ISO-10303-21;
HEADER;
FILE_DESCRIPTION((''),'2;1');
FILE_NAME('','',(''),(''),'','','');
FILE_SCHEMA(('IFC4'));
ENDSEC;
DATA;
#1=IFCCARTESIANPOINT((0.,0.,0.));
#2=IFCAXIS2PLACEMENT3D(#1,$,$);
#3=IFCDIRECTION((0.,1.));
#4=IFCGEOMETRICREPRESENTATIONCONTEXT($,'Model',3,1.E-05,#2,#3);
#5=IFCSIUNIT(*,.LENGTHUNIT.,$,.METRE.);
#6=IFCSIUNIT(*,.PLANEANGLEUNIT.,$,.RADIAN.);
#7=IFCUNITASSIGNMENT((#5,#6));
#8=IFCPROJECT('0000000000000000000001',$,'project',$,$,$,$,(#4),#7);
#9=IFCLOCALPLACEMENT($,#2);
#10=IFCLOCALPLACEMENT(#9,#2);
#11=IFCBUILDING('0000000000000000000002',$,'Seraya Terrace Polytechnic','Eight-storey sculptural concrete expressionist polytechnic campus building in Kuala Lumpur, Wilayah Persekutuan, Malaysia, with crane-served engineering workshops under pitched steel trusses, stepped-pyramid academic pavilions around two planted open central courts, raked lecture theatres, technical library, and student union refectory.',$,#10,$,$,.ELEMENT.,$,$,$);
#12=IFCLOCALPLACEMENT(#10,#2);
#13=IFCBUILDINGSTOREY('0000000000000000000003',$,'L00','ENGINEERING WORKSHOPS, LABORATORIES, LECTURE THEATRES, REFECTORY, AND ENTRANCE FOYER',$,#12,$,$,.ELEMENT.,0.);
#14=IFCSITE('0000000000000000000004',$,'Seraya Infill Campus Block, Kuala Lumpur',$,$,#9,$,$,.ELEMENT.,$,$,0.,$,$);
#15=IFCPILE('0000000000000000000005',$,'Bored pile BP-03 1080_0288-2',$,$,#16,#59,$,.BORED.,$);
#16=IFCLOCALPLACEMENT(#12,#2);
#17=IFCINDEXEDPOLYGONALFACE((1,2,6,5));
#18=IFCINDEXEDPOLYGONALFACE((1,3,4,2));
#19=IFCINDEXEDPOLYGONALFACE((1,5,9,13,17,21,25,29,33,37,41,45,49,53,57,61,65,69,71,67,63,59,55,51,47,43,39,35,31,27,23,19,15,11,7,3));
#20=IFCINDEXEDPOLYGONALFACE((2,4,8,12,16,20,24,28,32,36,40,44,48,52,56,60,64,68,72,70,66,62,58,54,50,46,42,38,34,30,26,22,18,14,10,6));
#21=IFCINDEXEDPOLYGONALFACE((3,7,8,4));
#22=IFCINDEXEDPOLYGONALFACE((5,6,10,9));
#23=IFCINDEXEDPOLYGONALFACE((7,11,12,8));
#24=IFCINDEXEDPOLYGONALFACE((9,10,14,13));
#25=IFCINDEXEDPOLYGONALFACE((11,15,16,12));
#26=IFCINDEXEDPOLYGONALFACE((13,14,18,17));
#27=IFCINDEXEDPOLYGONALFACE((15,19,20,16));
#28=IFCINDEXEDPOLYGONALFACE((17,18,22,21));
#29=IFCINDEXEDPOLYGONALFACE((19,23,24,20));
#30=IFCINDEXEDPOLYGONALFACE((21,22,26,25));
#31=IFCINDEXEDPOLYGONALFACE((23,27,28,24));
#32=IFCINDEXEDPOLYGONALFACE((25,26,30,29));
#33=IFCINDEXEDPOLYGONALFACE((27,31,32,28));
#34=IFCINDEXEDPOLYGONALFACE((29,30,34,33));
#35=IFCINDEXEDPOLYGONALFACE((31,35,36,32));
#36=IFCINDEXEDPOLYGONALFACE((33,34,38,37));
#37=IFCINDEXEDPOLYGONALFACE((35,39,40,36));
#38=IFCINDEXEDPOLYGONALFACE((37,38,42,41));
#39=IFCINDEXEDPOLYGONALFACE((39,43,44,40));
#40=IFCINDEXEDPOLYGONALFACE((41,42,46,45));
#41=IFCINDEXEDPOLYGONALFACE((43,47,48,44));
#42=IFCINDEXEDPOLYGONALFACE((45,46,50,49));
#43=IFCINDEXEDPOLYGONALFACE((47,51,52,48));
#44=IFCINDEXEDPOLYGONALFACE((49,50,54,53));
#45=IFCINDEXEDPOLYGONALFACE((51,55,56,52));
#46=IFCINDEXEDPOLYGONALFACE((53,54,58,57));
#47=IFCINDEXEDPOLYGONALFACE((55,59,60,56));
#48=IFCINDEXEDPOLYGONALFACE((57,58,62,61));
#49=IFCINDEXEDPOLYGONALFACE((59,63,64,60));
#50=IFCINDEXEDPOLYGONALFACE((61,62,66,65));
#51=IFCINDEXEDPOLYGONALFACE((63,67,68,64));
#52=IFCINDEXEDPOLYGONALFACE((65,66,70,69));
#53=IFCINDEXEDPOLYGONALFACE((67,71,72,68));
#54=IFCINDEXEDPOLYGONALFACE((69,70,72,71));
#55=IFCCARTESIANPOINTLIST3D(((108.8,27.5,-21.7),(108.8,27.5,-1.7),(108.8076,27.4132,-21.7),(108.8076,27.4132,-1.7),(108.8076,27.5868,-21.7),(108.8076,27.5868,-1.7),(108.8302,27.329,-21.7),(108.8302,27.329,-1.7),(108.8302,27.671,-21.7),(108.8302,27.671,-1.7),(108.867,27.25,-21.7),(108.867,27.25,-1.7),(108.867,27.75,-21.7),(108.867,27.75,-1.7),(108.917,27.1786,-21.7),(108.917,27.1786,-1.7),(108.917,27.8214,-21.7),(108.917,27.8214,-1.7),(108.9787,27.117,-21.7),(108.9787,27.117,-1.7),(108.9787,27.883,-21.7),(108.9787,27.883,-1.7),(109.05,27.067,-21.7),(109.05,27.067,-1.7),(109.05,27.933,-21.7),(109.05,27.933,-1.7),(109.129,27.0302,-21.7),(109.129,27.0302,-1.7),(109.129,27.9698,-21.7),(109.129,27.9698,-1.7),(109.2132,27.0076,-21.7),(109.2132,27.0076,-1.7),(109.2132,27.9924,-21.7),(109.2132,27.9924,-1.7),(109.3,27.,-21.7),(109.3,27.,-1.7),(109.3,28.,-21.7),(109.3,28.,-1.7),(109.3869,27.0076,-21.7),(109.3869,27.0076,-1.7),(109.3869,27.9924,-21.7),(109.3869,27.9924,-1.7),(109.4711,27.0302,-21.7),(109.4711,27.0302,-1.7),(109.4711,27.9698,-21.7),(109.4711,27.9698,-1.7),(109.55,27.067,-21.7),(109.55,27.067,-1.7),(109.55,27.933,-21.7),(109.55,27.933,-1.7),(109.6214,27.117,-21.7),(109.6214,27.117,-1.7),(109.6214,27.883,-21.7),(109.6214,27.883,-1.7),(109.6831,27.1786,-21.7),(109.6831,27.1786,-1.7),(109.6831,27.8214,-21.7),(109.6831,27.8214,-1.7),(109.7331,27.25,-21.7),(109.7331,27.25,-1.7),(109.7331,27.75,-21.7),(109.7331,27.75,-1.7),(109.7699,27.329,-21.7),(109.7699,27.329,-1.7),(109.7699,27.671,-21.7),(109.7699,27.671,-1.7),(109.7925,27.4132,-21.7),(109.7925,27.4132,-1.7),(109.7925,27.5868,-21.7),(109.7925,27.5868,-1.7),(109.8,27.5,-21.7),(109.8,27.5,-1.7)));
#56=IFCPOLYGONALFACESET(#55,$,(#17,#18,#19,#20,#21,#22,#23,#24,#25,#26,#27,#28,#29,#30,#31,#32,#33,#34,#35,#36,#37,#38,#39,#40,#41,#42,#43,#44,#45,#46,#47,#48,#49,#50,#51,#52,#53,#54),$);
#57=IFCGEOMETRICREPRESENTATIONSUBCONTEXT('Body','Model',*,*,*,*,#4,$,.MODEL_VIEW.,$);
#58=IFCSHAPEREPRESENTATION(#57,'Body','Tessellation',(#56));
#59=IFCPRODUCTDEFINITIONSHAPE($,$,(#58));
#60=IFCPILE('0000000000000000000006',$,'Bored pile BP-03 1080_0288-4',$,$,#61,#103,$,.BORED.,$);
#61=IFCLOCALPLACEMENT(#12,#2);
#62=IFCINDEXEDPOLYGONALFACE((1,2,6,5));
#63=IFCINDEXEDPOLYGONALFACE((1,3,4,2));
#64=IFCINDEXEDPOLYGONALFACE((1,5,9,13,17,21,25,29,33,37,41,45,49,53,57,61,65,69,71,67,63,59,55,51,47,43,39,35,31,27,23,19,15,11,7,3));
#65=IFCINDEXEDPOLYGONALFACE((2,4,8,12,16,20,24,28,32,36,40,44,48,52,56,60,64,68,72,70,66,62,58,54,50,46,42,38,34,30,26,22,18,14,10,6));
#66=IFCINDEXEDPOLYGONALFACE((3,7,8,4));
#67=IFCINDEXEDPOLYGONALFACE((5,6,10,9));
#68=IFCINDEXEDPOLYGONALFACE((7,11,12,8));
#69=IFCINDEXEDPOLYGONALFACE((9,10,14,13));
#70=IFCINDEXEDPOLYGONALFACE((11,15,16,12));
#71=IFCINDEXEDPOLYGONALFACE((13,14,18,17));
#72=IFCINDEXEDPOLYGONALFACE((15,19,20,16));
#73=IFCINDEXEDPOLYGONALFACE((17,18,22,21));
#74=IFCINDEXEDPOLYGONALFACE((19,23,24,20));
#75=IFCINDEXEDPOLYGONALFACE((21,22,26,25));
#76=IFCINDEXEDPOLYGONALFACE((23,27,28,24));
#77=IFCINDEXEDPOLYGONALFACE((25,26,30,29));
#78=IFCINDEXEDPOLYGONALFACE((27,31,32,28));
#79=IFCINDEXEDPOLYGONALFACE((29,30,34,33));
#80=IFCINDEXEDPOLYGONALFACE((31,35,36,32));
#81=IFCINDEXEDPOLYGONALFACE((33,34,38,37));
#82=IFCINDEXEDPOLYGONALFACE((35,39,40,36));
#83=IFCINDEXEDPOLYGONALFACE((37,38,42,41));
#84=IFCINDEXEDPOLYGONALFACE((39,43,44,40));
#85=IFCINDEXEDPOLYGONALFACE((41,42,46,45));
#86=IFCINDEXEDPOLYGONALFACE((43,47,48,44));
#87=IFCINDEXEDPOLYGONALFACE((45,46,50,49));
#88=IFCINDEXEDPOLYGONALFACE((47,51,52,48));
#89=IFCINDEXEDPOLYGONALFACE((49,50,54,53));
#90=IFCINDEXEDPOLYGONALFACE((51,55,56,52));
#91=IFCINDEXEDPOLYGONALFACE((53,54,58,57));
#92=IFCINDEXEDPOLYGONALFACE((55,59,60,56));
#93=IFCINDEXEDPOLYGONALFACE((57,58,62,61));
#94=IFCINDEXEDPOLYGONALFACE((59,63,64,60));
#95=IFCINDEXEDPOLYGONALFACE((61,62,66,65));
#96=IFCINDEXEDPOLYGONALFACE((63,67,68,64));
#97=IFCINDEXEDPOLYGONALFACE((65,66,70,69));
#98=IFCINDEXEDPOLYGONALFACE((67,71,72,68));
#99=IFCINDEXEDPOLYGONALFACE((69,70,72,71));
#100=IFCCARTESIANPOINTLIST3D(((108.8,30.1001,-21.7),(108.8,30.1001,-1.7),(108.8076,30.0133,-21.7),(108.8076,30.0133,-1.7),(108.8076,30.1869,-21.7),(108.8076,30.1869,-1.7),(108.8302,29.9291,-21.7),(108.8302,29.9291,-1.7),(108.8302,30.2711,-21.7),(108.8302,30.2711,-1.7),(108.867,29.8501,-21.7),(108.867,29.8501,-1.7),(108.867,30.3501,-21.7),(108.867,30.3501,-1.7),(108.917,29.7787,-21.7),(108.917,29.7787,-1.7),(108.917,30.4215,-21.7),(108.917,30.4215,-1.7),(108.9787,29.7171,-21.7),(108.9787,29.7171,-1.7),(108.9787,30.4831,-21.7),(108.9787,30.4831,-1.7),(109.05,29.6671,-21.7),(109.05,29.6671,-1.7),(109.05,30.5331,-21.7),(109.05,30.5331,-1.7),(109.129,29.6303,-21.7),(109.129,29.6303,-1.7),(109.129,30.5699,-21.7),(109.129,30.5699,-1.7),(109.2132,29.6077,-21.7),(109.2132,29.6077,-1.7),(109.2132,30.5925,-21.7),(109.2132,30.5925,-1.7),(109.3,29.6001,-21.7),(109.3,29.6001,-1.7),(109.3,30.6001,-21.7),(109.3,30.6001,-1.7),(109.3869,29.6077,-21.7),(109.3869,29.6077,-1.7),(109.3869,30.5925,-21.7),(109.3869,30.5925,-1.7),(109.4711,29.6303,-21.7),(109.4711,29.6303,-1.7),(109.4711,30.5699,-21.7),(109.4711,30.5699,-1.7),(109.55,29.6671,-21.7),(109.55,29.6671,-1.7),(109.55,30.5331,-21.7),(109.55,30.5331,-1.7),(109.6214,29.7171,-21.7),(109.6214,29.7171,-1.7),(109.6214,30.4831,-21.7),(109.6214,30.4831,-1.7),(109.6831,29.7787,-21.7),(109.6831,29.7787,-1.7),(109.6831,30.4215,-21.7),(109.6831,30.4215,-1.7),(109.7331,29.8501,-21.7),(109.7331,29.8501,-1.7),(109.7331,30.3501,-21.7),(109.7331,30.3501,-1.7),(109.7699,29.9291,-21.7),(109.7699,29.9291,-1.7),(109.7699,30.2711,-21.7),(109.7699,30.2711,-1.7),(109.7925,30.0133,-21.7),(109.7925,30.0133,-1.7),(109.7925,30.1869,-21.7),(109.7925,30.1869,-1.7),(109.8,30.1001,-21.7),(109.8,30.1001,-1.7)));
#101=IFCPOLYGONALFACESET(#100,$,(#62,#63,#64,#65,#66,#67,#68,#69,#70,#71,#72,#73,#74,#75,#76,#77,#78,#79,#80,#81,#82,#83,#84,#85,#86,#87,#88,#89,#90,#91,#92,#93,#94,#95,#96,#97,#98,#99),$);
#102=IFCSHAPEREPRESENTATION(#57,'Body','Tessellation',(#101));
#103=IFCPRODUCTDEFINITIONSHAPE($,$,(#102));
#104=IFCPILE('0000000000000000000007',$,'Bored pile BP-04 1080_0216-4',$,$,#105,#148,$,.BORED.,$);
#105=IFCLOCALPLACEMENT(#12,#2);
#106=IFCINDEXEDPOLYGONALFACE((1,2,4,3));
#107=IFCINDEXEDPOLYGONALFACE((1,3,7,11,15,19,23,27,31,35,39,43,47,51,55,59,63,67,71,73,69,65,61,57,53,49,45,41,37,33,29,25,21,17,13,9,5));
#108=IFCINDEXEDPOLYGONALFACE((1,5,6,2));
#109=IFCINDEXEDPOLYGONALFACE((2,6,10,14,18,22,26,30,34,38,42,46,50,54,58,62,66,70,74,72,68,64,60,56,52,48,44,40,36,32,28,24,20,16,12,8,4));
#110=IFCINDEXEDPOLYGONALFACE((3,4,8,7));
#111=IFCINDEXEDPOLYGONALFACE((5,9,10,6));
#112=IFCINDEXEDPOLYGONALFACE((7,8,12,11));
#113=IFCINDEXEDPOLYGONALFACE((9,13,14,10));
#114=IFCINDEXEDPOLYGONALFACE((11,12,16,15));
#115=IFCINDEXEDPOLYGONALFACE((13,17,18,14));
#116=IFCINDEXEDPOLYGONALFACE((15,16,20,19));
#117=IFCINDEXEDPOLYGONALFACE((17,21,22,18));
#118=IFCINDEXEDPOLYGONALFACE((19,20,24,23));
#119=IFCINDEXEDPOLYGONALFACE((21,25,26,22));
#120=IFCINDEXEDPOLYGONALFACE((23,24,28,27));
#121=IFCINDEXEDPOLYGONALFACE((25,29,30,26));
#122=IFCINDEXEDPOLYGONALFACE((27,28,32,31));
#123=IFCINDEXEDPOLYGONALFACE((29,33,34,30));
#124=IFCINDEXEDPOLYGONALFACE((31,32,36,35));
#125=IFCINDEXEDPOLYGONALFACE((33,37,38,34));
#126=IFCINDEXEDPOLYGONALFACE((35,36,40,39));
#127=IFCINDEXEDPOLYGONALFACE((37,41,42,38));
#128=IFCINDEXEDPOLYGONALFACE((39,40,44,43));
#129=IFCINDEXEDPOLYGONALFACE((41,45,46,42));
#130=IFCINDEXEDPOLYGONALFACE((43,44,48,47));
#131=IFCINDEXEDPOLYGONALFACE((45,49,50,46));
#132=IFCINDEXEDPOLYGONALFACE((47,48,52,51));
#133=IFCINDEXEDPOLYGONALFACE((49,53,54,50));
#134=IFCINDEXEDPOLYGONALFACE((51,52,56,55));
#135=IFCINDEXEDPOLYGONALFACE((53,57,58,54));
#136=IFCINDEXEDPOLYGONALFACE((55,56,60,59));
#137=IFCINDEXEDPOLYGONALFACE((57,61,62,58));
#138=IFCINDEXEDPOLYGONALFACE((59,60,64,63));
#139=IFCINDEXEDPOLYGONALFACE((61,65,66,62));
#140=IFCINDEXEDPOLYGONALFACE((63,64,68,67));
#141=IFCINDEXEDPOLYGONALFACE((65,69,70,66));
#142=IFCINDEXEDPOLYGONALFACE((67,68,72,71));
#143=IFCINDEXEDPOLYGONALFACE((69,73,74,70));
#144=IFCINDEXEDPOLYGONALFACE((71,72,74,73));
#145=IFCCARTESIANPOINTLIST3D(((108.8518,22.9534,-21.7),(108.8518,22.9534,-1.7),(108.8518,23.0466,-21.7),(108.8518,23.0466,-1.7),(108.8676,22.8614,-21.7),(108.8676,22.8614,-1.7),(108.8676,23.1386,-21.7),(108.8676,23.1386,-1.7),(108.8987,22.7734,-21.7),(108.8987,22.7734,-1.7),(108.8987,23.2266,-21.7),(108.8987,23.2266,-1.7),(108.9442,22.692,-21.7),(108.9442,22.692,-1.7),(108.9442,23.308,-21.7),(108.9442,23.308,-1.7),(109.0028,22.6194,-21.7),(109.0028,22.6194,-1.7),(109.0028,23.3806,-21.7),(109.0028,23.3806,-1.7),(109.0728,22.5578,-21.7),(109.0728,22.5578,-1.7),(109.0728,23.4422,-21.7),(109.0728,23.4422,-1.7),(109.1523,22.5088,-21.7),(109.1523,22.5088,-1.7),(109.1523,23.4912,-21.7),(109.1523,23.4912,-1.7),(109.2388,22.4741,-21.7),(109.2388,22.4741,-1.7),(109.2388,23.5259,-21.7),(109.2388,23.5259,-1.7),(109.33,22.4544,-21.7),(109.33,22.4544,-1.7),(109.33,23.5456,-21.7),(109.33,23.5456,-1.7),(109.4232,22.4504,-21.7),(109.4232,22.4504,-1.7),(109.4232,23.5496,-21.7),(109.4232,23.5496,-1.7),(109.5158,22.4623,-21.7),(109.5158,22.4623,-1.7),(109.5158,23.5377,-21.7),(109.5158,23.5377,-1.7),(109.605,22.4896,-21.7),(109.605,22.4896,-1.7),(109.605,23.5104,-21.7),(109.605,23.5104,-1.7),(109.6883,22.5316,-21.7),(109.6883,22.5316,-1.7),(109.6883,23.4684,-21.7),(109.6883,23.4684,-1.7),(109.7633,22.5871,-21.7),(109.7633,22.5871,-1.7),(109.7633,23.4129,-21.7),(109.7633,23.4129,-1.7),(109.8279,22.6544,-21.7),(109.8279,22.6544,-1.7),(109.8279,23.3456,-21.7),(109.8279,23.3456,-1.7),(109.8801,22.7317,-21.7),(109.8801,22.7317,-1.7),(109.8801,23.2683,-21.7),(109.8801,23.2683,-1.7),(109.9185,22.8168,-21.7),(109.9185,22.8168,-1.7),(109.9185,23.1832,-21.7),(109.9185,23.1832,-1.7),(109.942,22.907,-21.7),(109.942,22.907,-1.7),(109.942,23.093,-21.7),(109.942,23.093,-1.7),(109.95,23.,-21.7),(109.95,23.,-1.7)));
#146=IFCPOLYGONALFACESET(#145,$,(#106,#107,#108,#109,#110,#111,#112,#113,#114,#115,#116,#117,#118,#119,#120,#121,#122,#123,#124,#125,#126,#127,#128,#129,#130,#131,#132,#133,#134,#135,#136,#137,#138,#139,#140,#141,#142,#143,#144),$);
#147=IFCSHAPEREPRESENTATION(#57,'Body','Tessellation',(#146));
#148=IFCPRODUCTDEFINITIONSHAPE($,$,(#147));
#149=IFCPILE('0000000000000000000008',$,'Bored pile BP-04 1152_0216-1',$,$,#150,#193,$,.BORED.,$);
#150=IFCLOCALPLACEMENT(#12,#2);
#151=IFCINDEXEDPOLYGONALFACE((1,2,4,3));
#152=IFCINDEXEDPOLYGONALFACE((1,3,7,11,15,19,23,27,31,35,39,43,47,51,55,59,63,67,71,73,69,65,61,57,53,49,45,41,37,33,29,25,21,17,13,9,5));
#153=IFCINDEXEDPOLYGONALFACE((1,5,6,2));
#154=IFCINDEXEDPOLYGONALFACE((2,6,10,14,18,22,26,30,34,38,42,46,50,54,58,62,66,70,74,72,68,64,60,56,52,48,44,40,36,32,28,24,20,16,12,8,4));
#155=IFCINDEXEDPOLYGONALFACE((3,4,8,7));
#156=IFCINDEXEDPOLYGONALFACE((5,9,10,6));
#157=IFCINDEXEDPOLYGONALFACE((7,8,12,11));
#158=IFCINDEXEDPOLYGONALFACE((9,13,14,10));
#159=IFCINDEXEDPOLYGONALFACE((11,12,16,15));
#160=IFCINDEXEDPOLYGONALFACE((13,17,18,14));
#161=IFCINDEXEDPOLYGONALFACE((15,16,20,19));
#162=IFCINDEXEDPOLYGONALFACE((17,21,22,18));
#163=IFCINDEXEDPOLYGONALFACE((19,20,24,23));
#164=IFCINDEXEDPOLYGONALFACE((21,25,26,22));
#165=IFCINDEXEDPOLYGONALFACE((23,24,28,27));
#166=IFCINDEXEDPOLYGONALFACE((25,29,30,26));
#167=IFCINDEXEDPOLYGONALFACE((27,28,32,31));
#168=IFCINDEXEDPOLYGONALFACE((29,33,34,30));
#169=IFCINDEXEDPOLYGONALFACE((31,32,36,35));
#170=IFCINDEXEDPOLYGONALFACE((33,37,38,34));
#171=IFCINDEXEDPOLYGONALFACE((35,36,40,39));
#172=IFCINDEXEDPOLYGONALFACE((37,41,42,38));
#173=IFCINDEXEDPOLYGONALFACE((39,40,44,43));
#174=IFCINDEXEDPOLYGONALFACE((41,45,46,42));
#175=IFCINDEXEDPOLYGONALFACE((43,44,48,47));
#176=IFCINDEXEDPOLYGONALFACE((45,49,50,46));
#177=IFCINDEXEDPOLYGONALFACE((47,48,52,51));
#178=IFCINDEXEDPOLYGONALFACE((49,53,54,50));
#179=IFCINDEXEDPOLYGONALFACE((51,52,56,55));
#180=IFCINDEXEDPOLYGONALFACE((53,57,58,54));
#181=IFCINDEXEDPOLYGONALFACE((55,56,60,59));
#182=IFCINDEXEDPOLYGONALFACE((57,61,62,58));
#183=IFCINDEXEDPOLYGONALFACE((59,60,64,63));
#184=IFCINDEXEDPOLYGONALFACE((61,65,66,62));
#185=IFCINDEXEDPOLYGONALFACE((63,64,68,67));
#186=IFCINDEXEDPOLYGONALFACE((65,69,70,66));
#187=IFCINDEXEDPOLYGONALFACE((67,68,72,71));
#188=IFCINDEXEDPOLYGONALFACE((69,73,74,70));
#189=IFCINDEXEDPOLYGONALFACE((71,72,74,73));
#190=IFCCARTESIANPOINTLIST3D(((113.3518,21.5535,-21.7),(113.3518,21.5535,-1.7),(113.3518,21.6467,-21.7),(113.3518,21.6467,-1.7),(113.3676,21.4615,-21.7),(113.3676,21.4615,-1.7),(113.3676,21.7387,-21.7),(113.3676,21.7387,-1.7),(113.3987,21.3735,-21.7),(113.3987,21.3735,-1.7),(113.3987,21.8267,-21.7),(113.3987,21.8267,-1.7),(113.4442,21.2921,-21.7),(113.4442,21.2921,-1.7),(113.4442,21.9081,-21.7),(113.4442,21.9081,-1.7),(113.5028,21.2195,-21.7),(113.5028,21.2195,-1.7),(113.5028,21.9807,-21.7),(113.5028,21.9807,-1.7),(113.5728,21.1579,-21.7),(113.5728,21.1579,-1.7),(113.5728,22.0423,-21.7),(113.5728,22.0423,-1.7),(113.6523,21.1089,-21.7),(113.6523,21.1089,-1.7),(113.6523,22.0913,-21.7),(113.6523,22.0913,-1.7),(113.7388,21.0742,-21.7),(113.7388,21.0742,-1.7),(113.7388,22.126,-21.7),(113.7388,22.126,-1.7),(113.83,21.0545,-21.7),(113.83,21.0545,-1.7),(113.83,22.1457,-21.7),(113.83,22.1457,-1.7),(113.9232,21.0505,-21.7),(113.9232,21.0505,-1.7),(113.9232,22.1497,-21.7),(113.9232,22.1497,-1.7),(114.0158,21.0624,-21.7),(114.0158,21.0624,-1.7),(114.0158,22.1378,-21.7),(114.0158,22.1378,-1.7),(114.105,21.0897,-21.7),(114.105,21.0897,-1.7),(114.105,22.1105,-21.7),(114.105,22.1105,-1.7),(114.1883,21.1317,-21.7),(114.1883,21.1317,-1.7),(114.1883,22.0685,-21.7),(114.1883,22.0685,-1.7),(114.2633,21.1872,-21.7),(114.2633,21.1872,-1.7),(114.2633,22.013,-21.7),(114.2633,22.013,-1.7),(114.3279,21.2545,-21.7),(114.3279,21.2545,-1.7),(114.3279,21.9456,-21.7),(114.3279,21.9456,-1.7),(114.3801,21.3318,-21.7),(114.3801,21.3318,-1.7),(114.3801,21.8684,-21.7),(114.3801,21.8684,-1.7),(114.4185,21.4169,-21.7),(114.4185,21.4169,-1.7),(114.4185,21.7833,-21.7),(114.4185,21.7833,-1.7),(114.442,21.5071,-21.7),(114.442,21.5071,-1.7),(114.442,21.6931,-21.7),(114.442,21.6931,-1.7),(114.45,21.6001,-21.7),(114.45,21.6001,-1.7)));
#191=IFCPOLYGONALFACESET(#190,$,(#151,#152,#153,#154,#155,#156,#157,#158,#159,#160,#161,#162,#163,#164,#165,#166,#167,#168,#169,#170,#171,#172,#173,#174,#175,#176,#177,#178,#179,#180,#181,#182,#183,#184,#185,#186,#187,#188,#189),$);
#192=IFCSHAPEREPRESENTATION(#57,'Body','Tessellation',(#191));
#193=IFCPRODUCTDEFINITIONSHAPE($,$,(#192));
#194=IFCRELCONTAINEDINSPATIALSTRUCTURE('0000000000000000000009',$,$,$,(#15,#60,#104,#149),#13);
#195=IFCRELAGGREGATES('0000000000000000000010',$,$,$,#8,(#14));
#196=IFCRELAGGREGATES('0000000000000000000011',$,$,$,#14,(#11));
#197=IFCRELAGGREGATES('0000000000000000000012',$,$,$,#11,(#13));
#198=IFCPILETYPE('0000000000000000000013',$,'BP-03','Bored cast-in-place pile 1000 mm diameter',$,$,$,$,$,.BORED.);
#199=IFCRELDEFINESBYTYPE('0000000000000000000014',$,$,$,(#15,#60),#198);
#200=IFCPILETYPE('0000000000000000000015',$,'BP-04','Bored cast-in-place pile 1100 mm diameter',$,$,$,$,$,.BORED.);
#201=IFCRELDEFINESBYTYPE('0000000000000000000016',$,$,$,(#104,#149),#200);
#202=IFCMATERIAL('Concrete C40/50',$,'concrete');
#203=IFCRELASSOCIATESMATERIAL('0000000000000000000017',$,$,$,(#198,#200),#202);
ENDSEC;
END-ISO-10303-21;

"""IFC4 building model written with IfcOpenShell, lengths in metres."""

from ifc_helpers import new_model, si_unit, direction, frame, origin, origin_2d, place, context, subcontext, project, spatial, circle, extrude, material, material_profile, profile_set, type_object, element, save


model = new_model("IFC4")

# Units and contexts
model_context = context("Model", 3, precision=1e-05, world=origin(), true_north=direction((0.0, 1.0)))
body_context = subcontext(model_context, "Body", "Model", "MODEL_VIEW")
ifc_project = project(units=[si_unit("LENGTHUNIT", "METRE"), si_unit("PLANEANGLEUNIT", "RADIAN")], contexts=[model_context])

# Site, building, storey
site_placement = place(None, origin())
site = spatial("IfcSite", under=ifc_project, at=site_placement, Name="Seraya Infill Campus Block, Kuala Lumpur", CompositionType="ELEMENT", RefElevation=0.0)
building_placement = place(site_placement, origin())
building = spatial("IfcBuilding", under=site, at=building_placement, Name="Seraya Terrace Polytechnic", Description="Eight-storey sculptural concrete expressionist polytechnic campus building in Kuala Lumpur, Wilayah Persekutuan, Malaysia, with crane-served engineering workshops under pitched steel trusses, stepped-pyramid academic pavilions around two planted open central courts, raked lecture theatres, technical library, and student union refectory.", CompositionType="ELEMENT")
storey_placement = place(building_placement, origin())
storey = spatial("IfcBuildingStorey", under=building, at=storey_placement, Name="L00", Description="ENGINEERING WORKSHOPS, LABORATORIES, LECTURE THEATRES, REFECTORY, AND ENTRANCE FOYER", CompositionType="ELEMENT", Elevation=0.0)

# Piles
ifc_material_1 = material(Name="Concrete C40/50", Category="concrete")
ifc_material_profile_1 = material_profile(ifc_material_1, circle(Radius=0.5, at=origin_2d()), Name="DIA 1000")
ifc_profile_set_1 = profile_set([ifc_material_profile_1], Name="Concrete C40/50")
pile_type_1 = type_object("IfcPileType", Name="BP-03", Description="Bored cast-in-place pile 1000 mm diameter", PredefinedType="BORED", material=ifc_profile_set_1)
for number, where, z_axis, x_axis, name in (
    (1, (109.3, 27.5, -1.7), (0.0, 0.0, -1.0), (1.0, 0.0, 0.0), "Bored pile BP-03 1080_0288-2"),
    (2, (109.3, 30.1001, -1.7), (0.0, 0.0, -1.0), (1.0, 0.0, 0.0), "Bored pile BP-03 1080_0288-4"),
):
    element("IfcPile", number, at=place(storey_placement, frame(where, z_axis=z_axis, x_axis=x_axis)), inside=storey, type_object=pile_type_1, Name=name, PredefinedType="BORED", context=body_context, shape_type="SweptSolid", body=[
        extrude(circle(Radius=0.5, at=origin_2d()), origin(), (0.0, 0.0, 1.0), 20.0),
    ])
ifc_material_profile_2 = material_profile(ifc_material_1, circle(Radius=0.55, at=origin_2d()), Name="DIA 1100")
ifc_profile_set_2 = profile_set([ifc_material_profile_2], Name="Concrete C40/50")
pile_type_2 = type_object("IfcPileType", Name="BP-04", Description="Bored cast-in-place pile 1100 mm diameter", PredefinedType="BORED", material=ifc_profile_set_2)
for number, where, z_axis, x_axis, name in (
    (3, (109.3999, 23.0, -1.7), (0.0, 0.0, -1.0), (1.0, 0.0, 0.0), "Bored pile BP-04 1080_0216-4"),
    (4, (113.8999, 21.6001, -1.7), (0.0, 0.0, -1.0), (1.0, 0.0, 0.0), "Bored pile BP-04 1152_0216-1"),
):
    element("IfcPile", number, at=place(storey_placement, frame(where, z_axis=z_axis, x_axis=x_axis)), inside=storey, type_object=pile_type_2, Name=name, PredefinedType="BORED", context=body_context, shape_type="SweptSolid", body=[
        extrude(circle(Radius=0.55, at=origin_2d()), origin(), (0.0, 0.0, 1.0), 20.0),
    ])

save(model, "model.ifc")
